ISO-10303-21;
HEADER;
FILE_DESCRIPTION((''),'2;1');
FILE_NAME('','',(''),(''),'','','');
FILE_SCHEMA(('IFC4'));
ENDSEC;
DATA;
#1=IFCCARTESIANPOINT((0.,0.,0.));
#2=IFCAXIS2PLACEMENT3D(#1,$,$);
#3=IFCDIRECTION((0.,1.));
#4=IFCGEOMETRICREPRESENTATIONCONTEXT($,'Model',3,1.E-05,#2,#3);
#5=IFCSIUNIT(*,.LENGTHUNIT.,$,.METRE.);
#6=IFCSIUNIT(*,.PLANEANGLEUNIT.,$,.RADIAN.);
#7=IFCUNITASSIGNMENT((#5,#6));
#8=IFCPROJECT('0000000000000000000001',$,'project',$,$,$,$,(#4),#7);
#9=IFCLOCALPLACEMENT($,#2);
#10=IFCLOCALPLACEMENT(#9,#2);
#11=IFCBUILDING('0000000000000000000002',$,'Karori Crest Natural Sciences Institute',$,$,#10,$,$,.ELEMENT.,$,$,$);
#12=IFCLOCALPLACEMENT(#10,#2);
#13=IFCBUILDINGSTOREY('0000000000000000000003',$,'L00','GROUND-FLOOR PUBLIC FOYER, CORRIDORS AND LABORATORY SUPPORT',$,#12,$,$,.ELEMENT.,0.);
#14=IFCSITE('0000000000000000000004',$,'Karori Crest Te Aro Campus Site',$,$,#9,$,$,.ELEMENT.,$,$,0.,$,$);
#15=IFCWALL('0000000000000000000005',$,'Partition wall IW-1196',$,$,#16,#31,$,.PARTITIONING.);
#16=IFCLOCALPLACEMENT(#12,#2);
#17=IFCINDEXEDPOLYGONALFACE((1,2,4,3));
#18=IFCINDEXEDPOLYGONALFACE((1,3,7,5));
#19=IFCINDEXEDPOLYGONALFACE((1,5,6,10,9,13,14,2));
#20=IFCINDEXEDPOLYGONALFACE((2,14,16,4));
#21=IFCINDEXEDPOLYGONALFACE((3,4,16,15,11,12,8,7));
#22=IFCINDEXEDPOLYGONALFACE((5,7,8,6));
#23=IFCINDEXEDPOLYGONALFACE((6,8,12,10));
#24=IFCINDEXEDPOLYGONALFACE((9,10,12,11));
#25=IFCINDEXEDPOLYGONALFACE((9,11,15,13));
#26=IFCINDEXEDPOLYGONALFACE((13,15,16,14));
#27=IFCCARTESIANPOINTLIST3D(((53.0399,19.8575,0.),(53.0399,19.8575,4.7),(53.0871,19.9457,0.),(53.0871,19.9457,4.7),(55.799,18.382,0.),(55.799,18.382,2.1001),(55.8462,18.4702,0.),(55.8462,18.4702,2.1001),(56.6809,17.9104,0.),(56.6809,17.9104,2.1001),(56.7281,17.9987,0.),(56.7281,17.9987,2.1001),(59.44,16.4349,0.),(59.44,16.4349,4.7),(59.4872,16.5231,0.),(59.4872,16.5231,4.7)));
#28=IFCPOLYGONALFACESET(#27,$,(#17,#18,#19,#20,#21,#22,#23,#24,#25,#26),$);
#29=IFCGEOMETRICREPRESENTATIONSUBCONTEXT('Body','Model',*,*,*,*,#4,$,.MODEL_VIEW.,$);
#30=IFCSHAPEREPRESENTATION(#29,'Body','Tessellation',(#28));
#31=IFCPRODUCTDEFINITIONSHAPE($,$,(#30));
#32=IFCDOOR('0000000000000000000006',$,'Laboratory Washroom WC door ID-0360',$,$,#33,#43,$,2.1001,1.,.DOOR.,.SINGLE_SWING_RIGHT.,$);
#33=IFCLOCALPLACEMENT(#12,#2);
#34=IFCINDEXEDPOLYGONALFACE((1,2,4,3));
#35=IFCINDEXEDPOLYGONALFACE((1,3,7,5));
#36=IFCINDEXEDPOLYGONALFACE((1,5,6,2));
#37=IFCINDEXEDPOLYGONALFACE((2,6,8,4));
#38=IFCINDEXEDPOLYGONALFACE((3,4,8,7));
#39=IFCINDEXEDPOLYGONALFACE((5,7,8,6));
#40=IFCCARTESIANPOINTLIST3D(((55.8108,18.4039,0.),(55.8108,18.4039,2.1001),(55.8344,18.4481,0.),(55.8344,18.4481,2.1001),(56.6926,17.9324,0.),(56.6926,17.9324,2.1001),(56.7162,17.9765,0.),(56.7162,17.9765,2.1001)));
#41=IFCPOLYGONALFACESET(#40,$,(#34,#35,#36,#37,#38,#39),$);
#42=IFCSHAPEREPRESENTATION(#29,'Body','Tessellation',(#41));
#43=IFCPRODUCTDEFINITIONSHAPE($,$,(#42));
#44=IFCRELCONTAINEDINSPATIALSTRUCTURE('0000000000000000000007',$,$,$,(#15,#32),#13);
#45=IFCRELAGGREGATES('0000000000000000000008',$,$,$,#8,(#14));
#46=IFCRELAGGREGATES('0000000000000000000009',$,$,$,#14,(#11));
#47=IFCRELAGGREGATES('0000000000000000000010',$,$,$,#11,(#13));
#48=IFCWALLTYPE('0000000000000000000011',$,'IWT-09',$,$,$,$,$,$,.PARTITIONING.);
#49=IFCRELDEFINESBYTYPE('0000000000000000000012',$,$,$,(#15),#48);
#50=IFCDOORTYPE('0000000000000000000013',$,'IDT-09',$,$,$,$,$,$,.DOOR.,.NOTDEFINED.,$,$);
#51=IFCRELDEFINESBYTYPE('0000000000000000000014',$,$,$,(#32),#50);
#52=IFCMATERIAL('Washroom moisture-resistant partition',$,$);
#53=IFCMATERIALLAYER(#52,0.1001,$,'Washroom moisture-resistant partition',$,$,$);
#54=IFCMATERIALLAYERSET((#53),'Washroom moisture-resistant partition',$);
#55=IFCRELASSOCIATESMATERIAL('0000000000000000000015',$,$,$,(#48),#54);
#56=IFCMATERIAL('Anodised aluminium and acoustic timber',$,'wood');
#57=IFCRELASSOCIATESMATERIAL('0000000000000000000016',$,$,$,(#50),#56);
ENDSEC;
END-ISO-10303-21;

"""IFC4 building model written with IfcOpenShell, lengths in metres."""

from ifc_helpers import new_model, si_unit, direction, frame, frame_2d, origin, place, context, subcontext, project, spatial, rectangle, extrude, material, layer, layer_set, type_object, element, fill, save


model = new_model("IFC4")

# Units and contexts
model_context = context("Model", 3, precision=1e-05, world=origin(), true_north=direction((0.0, 1.0)))
body_context = subcontext(model_context, "Body", "Model", "MODEL_VIEW")
ifc_project = project(units=[si_unit("LENGTHUNIT", "METRE"), si_unit("PLANEANGLEUNIT", "RADIAN")], contexts=[model_context])

# Site, building, storey
site_placement = place(None, origin())
site = spatial("IfcSite", under=ifc_project, at=site_placement, Name="Karori Crest Te Aro Campus Site", CompositionType="ELEMENT", RefElevation=0.0)
building_placement = place(site_placement, origin())
building = spatial("IfcBuilding", under=site, at=building_placement, Name="Karori Crest Natural Sciences Institute", CompositionType="ELEMENT")
storey_placement = place(building_placement, origin())
storey = spatial("IfcBuildingStorey", under=building, at=storey_placement, Name="L00", Description="GROUND-FLOOR PUBLIC FOYER, CORRIDORS AND LABORATORY SUPPORT", CompositionType="ELEMENT", Elevation=0.0)

# Wall, opening, door
ifc_material_1 = material(Name="Washroom moisture-resistant partition")
ifc_layer_1 = layer(ifc_material_1, 0.1001, Name="Washroom moisture-resistant partition")
ifc_layer_set_1 = layer_set([ifc_layer_1], Name="Washroom moisture-resistant partition")
wall_type_1 = type_object("IfcWallType", Name="IWT-09", PredefinedType="PARTITIONING", material=ifc_layer_set_1)
wall_1_placement = place(storey_placement, frame((53.0635, 19.9016, 0.0), z_axis=(0.0, 0.0, 1.0), x_axis=(0.881826, -0.471574, 0.0)))
wall_1 = element("IfcWall", 1, at=wall_1_placement, inside=storey, type_object=wall_type_1, Name="Partition wall IW-1196", PredefinedType="PARTITIONING", context=body_context, shape_type="SweptSolid", body=[
    extrude(rectangle(XDim=7.2578, YDim=0.1001, at=frame_2d((3.6289, 0.0))), origin(), (0.0, 0.0, 1.0), 4.7),
])
opening_placement = place(wall_1_placement, frame((3.1289, 0.0, 0.0)))
opening = element("IfcOpeningElement", 2, at=opening_placement, cuts=wall_1, PredefinedType="OPENING", context=body_context, shape_type="SweptSolid", body=[
    extrude(rectangle(XDim=1.0, YDim=2.1001, at=frame_2d((0.5, 1.05))), frame((0.0, 0.0601, 0.0), z_axis=(0.0, -1.0, 0.0), x_axis=(1.0, 0.0, 0.0)), (0.0, 0.0, 1.0), 0.1201),
])
ifc_material_2 = material(Name="Anodised aluminium and acoustic timber", Category="wood")
door_type = type_object("IfcDoorType", Name="IDT-09", OperationType="NOTDEFINED", PredefinedType="DOOR", material=ifc_material_2)
door_placement = place(opening_placement, origin())
door = element("IfcDoor", 3, at=door_placement, inside=storey, type_object=door_type, Name="Laboratory Washroom WC door ID-0360", OperationType="SINGLE_SWING_RIGHT", OverallHeight=2.1001, OverallWidth=1.0, PredefinedType="DOOR", context=body_context, shape_type="SweptSolid", body=[
    extrude(rectangle(XDim=1.0, YDim=2.1001, at=frame_2d((0.5, 1.05))), frame((0.0, 0.0249, 0.0), z_axis=(0.0, -1.0, 0.0), x_axis=(1.0, 0.0, 0.0)), (0.0, 0.0, 1.0), 0.05),
])
fill(opening, door)

save(model, "model.ifc")
